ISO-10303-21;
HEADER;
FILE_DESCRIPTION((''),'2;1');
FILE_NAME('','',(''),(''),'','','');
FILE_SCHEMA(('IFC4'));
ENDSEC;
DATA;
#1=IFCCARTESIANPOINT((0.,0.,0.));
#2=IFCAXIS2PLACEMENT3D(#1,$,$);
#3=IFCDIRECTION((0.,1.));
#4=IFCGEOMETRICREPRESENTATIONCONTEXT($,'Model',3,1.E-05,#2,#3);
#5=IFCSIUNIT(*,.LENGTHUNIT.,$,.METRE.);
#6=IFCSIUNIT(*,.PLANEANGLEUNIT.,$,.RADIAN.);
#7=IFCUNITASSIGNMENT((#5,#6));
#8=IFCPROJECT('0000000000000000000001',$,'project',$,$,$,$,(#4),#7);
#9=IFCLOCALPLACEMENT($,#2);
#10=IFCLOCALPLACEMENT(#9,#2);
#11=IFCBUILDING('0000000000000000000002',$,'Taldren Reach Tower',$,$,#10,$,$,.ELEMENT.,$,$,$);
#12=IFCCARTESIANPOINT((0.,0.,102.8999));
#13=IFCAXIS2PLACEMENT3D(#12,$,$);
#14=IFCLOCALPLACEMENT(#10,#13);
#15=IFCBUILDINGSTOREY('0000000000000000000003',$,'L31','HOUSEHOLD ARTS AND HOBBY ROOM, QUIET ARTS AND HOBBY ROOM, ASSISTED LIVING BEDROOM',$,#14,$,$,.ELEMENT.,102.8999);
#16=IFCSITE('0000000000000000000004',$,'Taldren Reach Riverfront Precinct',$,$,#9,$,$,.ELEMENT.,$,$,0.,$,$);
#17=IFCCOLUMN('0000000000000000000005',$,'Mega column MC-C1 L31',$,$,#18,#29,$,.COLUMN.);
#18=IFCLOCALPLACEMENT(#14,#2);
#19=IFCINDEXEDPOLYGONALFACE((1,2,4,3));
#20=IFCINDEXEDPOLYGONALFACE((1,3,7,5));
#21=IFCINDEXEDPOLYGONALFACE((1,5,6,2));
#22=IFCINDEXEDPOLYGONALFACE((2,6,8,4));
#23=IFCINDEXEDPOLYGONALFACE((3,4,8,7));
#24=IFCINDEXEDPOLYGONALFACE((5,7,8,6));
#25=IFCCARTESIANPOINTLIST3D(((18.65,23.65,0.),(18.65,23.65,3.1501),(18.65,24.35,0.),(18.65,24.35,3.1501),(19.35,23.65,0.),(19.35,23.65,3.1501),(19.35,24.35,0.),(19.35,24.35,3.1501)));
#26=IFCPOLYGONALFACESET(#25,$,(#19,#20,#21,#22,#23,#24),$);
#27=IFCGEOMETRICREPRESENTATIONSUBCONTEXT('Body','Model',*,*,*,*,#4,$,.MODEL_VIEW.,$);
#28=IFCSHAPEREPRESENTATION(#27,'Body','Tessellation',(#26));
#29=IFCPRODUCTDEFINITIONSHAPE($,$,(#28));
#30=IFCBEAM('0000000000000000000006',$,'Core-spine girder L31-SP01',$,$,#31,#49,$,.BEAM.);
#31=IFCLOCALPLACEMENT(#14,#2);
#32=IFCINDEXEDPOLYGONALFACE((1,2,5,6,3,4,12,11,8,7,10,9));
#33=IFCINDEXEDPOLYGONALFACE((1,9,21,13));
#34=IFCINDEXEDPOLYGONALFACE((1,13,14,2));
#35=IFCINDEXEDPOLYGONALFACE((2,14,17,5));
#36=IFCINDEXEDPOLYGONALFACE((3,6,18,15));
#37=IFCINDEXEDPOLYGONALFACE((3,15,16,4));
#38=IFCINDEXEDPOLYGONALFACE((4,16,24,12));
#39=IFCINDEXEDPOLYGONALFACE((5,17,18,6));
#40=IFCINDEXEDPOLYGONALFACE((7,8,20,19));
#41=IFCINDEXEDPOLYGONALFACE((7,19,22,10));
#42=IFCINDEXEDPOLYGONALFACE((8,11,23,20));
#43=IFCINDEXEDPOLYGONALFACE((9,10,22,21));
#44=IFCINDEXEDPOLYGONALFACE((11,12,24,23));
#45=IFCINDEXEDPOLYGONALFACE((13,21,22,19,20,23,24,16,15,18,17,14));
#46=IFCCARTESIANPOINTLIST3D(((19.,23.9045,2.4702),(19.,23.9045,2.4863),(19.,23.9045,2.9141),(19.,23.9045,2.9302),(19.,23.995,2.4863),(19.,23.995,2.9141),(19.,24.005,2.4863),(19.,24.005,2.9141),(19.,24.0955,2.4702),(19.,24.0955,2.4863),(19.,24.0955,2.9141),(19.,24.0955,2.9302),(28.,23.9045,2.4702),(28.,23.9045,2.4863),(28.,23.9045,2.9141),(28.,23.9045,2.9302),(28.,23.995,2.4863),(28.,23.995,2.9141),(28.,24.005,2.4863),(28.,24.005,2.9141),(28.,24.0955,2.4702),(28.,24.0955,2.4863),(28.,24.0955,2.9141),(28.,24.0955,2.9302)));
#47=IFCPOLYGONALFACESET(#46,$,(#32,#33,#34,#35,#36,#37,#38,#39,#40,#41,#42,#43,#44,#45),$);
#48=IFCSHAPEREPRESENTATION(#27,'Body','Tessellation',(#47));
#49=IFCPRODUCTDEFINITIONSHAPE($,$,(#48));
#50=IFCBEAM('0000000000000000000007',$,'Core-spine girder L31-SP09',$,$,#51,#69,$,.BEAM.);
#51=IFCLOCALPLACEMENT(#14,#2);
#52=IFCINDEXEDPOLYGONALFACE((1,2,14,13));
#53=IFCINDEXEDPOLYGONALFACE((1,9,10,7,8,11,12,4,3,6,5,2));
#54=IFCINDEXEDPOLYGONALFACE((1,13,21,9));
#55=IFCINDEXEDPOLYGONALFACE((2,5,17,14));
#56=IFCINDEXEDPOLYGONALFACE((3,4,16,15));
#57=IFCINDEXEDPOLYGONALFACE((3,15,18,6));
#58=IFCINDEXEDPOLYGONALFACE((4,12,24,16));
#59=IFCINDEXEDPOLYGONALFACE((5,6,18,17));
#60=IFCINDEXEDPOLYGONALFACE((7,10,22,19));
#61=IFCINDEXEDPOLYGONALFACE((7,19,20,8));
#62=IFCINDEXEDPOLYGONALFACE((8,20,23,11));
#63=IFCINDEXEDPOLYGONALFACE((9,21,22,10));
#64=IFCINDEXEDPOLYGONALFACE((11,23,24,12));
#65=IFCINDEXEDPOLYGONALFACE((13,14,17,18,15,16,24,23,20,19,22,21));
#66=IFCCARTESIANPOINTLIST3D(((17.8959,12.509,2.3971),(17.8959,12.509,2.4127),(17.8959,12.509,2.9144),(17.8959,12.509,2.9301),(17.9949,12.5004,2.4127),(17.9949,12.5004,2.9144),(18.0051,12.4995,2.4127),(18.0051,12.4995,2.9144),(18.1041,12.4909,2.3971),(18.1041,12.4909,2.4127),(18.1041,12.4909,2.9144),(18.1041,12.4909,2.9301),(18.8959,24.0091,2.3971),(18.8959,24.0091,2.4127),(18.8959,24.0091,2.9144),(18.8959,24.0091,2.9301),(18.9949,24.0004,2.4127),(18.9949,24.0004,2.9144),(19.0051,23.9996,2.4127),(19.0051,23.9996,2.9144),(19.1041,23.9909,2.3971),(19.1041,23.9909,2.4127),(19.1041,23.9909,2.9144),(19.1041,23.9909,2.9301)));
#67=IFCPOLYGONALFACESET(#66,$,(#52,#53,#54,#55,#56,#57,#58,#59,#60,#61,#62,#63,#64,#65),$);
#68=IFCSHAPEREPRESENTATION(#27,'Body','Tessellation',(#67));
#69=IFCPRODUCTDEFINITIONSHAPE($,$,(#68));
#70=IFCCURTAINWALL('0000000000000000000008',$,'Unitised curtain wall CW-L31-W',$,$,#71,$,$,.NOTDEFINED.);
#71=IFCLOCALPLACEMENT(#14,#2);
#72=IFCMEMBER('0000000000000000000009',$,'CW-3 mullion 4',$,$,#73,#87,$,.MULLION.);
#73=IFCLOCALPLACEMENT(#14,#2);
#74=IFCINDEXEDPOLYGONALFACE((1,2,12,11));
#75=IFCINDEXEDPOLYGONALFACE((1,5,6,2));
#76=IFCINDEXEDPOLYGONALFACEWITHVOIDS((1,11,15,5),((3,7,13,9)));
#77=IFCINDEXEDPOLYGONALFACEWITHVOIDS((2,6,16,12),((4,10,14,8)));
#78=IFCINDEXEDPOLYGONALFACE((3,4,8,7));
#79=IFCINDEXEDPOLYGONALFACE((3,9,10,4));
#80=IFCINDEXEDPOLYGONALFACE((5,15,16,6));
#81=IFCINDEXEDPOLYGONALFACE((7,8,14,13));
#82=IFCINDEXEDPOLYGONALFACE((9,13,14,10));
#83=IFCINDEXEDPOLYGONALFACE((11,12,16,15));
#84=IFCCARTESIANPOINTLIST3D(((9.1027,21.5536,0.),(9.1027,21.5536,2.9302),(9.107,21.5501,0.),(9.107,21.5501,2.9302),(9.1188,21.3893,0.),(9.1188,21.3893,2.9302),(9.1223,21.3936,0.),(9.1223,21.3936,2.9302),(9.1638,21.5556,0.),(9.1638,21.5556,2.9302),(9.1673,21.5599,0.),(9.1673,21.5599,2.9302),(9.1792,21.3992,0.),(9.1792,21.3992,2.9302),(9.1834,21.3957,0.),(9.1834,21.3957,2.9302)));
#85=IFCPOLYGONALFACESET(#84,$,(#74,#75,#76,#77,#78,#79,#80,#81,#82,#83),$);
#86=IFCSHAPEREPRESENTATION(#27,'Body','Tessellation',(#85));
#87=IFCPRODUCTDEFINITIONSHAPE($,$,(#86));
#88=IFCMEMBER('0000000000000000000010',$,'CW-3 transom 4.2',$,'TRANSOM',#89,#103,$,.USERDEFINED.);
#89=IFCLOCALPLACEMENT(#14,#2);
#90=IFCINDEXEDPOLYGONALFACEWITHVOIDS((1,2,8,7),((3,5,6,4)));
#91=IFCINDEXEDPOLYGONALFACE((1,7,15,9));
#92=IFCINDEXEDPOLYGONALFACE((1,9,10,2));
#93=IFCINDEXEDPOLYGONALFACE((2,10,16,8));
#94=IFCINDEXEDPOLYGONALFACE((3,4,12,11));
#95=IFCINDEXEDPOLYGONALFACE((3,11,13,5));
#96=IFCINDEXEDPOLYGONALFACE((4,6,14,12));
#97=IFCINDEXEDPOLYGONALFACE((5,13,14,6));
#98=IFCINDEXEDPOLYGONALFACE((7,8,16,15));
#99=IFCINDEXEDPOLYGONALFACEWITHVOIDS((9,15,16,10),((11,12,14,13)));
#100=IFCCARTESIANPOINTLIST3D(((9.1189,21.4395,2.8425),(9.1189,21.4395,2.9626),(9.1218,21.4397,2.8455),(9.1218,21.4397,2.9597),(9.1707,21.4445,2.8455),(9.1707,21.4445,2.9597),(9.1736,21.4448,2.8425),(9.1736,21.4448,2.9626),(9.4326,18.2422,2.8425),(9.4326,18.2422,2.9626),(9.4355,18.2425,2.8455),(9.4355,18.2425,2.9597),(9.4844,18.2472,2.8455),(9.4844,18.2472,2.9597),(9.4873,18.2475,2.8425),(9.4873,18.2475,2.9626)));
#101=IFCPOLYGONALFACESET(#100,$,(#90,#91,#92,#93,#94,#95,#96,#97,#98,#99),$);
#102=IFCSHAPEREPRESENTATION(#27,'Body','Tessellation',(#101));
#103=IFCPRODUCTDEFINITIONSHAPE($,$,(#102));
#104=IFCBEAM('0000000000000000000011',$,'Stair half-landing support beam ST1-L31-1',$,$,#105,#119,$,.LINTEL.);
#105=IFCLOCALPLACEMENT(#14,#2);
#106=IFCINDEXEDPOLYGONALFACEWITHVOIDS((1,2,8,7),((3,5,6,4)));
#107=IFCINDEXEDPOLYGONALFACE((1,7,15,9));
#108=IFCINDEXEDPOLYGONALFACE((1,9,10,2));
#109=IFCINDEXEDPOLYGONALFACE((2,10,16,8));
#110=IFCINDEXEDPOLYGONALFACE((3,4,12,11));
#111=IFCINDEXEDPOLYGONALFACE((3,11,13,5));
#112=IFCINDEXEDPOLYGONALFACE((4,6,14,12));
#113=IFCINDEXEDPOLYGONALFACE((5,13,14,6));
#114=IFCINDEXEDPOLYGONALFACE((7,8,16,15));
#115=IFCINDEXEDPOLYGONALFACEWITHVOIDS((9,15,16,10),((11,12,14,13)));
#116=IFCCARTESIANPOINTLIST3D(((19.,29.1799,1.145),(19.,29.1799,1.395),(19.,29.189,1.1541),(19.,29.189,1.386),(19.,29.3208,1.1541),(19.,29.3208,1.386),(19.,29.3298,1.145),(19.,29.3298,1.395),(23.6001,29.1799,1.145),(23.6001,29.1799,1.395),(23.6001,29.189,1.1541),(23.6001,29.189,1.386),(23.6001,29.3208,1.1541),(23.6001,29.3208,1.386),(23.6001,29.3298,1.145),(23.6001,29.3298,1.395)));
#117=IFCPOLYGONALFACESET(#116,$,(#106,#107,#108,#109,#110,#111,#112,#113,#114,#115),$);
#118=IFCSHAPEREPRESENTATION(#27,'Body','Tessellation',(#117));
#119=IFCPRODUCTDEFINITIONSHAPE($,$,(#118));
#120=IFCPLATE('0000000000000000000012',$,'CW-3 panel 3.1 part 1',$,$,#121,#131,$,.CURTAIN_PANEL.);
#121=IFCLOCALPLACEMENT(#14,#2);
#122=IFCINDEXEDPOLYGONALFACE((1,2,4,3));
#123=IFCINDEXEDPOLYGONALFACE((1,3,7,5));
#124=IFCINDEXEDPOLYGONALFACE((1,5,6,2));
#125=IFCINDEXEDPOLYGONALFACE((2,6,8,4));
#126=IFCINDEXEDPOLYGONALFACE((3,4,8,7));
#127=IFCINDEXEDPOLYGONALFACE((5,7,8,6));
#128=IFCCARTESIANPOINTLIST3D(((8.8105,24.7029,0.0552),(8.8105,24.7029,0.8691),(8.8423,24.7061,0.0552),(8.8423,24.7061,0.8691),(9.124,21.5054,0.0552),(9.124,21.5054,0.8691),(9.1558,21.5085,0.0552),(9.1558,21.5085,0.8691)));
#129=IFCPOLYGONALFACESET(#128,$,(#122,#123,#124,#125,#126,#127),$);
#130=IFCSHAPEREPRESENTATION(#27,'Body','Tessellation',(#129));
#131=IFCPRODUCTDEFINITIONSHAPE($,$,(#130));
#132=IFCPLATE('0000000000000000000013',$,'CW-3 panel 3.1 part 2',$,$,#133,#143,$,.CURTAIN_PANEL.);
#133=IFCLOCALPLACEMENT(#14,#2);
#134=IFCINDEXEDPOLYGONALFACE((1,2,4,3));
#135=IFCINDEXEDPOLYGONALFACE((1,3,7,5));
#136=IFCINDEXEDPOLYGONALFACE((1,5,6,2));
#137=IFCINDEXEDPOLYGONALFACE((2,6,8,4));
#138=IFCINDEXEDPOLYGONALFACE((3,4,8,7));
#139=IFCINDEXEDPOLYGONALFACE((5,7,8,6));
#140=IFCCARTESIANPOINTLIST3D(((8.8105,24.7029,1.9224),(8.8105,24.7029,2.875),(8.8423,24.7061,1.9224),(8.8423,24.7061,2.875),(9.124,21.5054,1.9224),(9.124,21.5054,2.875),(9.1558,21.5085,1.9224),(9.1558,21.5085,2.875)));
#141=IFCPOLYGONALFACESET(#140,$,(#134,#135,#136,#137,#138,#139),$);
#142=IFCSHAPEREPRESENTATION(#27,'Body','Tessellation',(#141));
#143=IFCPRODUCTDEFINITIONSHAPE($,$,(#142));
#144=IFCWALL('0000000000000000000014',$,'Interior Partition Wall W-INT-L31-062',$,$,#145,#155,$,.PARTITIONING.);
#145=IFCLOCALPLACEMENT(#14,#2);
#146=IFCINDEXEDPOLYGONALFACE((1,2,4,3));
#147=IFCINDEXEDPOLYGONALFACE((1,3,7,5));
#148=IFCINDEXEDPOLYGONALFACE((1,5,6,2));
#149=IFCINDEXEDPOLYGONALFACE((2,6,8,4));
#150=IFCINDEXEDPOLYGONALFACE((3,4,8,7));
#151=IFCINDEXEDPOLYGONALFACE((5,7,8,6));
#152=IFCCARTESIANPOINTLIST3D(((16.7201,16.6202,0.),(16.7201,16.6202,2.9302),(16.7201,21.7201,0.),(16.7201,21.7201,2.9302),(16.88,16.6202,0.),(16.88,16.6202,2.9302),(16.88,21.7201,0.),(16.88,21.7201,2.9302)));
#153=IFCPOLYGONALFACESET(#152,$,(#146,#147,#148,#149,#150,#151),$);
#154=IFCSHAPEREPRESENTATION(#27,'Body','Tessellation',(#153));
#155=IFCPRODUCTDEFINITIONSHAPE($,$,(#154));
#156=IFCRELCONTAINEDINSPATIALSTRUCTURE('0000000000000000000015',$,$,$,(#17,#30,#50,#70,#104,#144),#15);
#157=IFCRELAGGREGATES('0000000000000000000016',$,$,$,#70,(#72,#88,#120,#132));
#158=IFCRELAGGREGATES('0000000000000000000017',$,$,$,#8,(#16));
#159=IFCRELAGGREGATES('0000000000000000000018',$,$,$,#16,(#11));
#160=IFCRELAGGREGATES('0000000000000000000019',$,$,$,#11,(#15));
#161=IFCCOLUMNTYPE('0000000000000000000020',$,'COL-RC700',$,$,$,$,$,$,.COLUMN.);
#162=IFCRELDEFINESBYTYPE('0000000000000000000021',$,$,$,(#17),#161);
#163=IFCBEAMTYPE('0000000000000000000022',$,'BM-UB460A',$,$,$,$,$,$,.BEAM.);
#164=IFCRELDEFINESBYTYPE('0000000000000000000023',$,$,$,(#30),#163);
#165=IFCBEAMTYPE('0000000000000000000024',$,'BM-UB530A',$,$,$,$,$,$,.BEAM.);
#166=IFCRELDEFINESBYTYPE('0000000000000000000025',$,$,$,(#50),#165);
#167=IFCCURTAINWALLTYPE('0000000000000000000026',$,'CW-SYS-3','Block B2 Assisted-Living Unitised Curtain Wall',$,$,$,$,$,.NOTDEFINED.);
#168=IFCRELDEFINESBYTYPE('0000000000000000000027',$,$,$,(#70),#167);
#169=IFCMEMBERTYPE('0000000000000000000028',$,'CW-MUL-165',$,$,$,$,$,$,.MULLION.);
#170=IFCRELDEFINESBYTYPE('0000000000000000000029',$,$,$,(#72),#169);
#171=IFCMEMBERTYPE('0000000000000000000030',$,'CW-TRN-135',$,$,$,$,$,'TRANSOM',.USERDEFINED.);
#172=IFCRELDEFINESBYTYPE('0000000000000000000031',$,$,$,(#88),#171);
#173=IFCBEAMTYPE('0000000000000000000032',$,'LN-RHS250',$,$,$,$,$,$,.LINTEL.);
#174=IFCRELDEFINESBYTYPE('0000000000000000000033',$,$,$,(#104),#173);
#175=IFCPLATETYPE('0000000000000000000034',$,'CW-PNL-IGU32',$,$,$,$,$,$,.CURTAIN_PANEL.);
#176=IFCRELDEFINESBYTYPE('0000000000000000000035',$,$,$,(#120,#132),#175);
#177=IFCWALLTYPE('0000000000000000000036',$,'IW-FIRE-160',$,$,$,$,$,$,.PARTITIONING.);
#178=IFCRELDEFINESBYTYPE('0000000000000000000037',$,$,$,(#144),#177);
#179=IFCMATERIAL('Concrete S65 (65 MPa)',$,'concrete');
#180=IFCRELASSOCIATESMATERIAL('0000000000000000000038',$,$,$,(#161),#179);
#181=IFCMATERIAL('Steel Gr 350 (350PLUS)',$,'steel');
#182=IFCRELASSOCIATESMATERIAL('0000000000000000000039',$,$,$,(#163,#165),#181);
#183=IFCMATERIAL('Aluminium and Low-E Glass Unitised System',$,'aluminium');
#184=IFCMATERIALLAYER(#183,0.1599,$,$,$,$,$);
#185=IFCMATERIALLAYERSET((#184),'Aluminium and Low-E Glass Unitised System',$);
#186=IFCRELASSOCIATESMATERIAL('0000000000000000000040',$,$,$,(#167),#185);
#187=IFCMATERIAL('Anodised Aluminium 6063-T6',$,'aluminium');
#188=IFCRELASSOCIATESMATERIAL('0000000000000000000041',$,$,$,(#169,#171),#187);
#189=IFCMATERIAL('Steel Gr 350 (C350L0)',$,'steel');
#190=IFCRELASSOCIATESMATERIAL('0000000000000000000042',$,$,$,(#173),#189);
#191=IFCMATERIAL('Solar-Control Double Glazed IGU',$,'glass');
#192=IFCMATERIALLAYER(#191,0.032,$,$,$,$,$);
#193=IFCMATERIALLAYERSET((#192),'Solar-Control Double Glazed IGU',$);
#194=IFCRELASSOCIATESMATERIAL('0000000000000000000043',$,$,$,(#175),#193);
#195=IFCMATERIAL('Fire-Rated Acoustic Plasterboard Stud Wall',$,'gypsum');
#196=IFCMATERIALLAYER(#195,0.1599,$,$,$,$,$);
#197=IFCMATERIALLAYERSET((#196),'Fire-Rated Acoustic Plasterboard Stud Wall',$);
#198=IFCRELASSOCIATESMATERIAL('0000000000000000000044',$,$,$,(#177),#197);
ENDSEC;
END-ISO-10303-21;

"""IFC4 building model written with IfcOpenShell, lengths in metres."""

from ifc_helpers import new_model, si_unit, direction, frame, frame_2d, origin, origin_2d, place, context, subcontext, project, spatial, rectangle, hollow_rectangle, i_section, extrude, source, transform, mapped, material, layer, layer_set, material_profile, profile_set, type_object, element, aggregate, save


model = new_model("IFC4")

# Units and contexts
model_context = context("Model", 3, precision=1e-05, world=origin(), true_north=direction((0.0, 1.0)))
body_context = subcontext(model_context, "Body", "Model", "MODEL_VIEW")
ifc_project = project(units=[si_unit("LENGTHUNIT", "METRE"), si_unit("PLANEANGLEUNIT", "RADIAN")], contexts=[model_context])

# Site, building, storey
site_placement = place(None, origin())
site = spatial("IfcSite", under=ifc_project, at=site_placement, Name="Taldren Reach Riverfront Precinct", CompositionType="ELEMENT", RefElevation=0.0)
building_placement = place(site_placement, origin())
building = spatial("IfcBuilding", under=site, at=building_placement, Name="Taldren Reach Tower", CompositionType="ELEMENT")
storey_placement = place(building_placement, frame((0.0, 0.0, 102.8999)))
storey = spatial("IfcBuildingStorey", under=building, at=storey_placement, Name="L31", Description="HOUSEHOLD ARTS AND HOBBY ROOM, QUIET ARTS AND HOBBY ROOM, ASSISTED LIVING BEDROOM", CompositionType="ELEMENT", Elevation=102.8999)

# Column
ifc_material_1 = material(Name="Concrete S65 (65 MPa)", Category="concrete")
ifc_material_profile_1 = material_profile(ifc_material_1, rectangle(XDim=0.7, YDim=0.7, at=origin_2d()), Name="RC-700x700")
ifc_profile_set_1 = profile_set([ifc_material_profile_1], Name="Concrete S65 (65 MPa)")
column_type = type_object("IfcColumnType", Name="COL-RC700", PredefinedType="COLUMN", material=ifc_profile_set_1)
shared_shape_1 = source(origin(), body_context, "Body", "SweptSolid", [
    extrude(rectangle(XDim=0.7, YDim=0.7, at=origin_2d()), origin(), (0.0, 0.0, 1.0), 3.1501),
])
column_placement = place(storey_placement, frame((19.0, 24.0, 0.0), z_axis=(0.0, 0.0, 1.0), x_axis=(1.0, 0.0, 0.0)))
element("IfcColumn", 1, at=column_placement, inside=storey, type_object=column_type, Name="Mega column MC-C1 L31", PredefinedType="COLUMN", context=body_context, shape_type="MappedRepresentation", body=[
    mapped(shared_shape_1, transform((0.0, 0.0, 0.0), scale=1.0)),
])

# Beams
ifc_material_2 = material(Name="Steel Gr 350 (350PLUS)", Category="steel")
ifc_material_profile_2 = material_profile(ifc_material_2, i_section(OverallWidth=0.1909, OverallDepth=0.46, WebThickness=0.01, FlangeThickness=0.0161, at=origin_2d()), Name="460UB82.1")
ifc_profile_set_2 = profile_set([ifc_material_profile_2], Name="Steel Gr 350 (350PLUS)")
beam_type_1 = type_object("IfcBeamType", Name="BM-UB460A", PredefinedType="BEAM", material=ifc_profile_set_2)
shared_shape_2 = source(origin(), body_context, "Body", "SweptSolid", [
    extrude(i_section(OverallWidth=0.1909, OverallDepth=0.46, WebThickness=0.01, FlangeThickness=0.0161, at=origin_2d()), origin(), (0.0, 0.0, 1.0), 9.0),
])
beam_1_placement = place(storey_placement, frame((19.0, 24.0, 2.7002), z_axis=(1.0, 0.0, 0.0), x_axis=(0.0, 1.0, 0.0)))
element("IfcBeam", 2, at=beam_1_placement, inside=storey, type_object=beam_type_1, Name="Core-spine girder L31-SP01", PredefinedType="BEAM", context=body_context, shape_type="MappedRepresentation", body=[
    mapped(shared_shape_2, transform((0.0, 0.0, 0.0), scale=1.0)),
])
ifc_material_profile_3 = material_profile(ifc_material_2, i_section(OverallWidth=0.209, OverallDepth=0.533, WebThickness=0.0103, FlangeThickness=0.0156, at=origin_2d()), Name="530UB92.4")
ifc_profile_set_3 = profile_set([ifc_material_profile_3], Name="Steel Gr 350 (350PLUS)")
beam_type_2 = type_object("IfcBeamType", Name="BM-UB530A", PredefinedType="BEAM", material=ifc_profile_set_3)
shared_shape_3 = source(origin(), body_context, "Body", "SweptSolid", [
    extrude(i_section(OverallWidth=0.209, OverallDepth=0.533, WebThickness=0.0103, FlangeThickness=0.0156, at=origin_2d()), origin(), (0.0, 0.0, 1.0), 11.5435),
])
beam_2_placement = place(storey_placement, frame((19.0, 24.0, 2.6636), z_axis=(-0.08663, -0.996241, 0.0), x_axis=(0.996241, -0.08663, 0.0)))
element("IfcBeam", 3, at=beam_2_placement, inside=storey, type_object=beam_type_2, Name="Core-spine girder L31-SP09", PredefinedType="BEAM", context=body_context, shape_type="MappedRepresentation", body=[
    mapped(shared_shape_3, transform((0.0, 0.0, 0.0), scale=1.0)),
])

# Curtain wall, members
ifc_material_3 = material(Name="Aluminium and Low-E Glass Unitised System", Category="aluminium")
ifc_layer_1 = layer(ifc_material_3, 0.1599)
ifc_layer_set_1 = layer_set([ifc_layer_1], Name="Aluminium and Low-E Glass Unitised System")
curtain_wall_type = type_object("IfcCurtainWallType", Name="CW-SYS-3", Description="Block B2 Assisted-Living Unitised Curtain Wall", PredefinedType="NOTDEFINED", material=ifc_layer_set_1)
curtain_wall_placement = place(storey_placement, origin())
curtain_wall = element("IfcCurtainWall", 4, at=curtain_wall_placement, inside=storey, type_object=curtain_wall_type, Name="Unitised curtain wall CW-L31-W", PredefinedType="NOTDEFINED")
ifc_material_4 = material(Name="Anodised Aluminium 6063-T6", Category="aluminium")
ifc_material_profile_4 = material_profile(ifc_material_4, hollow_rectangle(XDim=0.0649, YDim=0.165, WallThickness=0.0039, at=origin_2d()), Name="ALU-165x65x4RHS")
ifc_profile_set_4 = profile_set([ifc_material_profile_4], Name="Anodised Aluminium 6063-T6")
member_type_1 = type_object("IfcMemberType", Name="CW-MUL-165", PredefinedType="MULLION", material=ifc_profile_set_4)
shared_shape_4 = source(origin(), body_context, "Body", "SweptSolid", [
    extrude(hollow_rectangle(XDim=0.0649, YDim=0.165, WallThickness=0.0039, at=origin_2d()), origin(), (0.0, 0.0, 1.0), 2.9302),
])
member_1_placement = place(storey_placement, frame((9.1431, 21.4746, 0.0), z_axis=(0.0, 0.0, 1.0), x_axis=(0.995227, 0.097583, 0.0)))
member_1 = element("IfcMember", 5, at=member_1_placement, type_object=member_type_1, Name="CW-3 mullion 4", PredefinedType="MULLION", context=body_context, shape_type="MappedRepresentation", body=[
    mapped(shared_shape_4, transform((0.0, 0.0, 0.0), scale=1.0)),
])
ifc_material_profile_5 = material_profile(ifc_material_4, hollow_rectangle(XDim=0.0549, YDim=0.1201, WallThickness=0.0029, at=origin_2d()), Name="ALU-120x55x3RHS")
ifc_profile_set_5 = profile_set([ifc_material_profile_5], Name="Anodised Aluminium 6063-T6")
member_type_2 = type_object("IfcMemberType", Name="CW-TRN-135", ElementType="TRANSOM", PredefinedType="USERDEFINED", material=ifc_profile_set_5)
shared_shape_5 = source(origin(), body_context, "Body", "SweptSolid", [
    extrude(hollow_rectangle(XDim=0.0549, YDim=0.1201, WallThickness=0.0029, at=origin_2d()), origin(), (0.0, 0.0, 1.0), 3.2126),
])
member_2_placement = place(storey_placement, frame((9.1462, 21.4421, 2.9026), z_axis=(0.097653, -0.995221, 0.0), x_axis=(0.995221, 0.097653, 0.0)))
member_2 = element("IfcMember", 6, at=member_2_placement, type_object=member_type_2, Name="CW-3 transom 4.2", ObjectType="TRANSOM", PredefinedType="USERDEFINED", context=body_context, shape_type="MappedRepresentation", body=[
    mapped(shared_shape_5, transform((0.0, 0.0, 0.0), scale=1.0)),
])

# Beam
ifc_material_5 = material(Name="Steel Gr 350 (C350L0)", Category="steel")
ifc_material_profile_6 = material_profile(ifc_material_5, hollow_rectangle(XDim=0.1499, YDim=0.25, WallThickness=0.009, at=origin_2d()), Name="250x150x9.0RHS")
ifc_profile_set_6 = profile_set([ifc_material_profile_6], Name="Steel Gr 350 (C350L0)")
beam_type_3 = type_object("IfcBeamType", Name="LN-RHS250", PredefinedType="LINTEL", material=ifc_profile_set_6)
shared_shape_6 = source(origin(), body_context, "Body", "SweptSolid", [
    extrude(hollow_rectangle(XDim=0.1499, YDim=0.25, WallThickness=0.009, at=origin_2d()), origin(), (0.0, 0.0, 1.0), 4.6001),
])
beam_3_placement = place(storey_placement, frame((19.0, 29.2549, 1.27), z_axis=(1.0, 0.0, 0.0), x_axis=(0.0, 1.0, 0.0)))
element("IfcBeam", 7, at=beam_3_placement, inside=storey, type_object=beam_type_3, Name="Stair half-landing support beam ST1-L31-1", PredefinedType="LINTEL", context=body_context, shape_type="MappedRepresentation", body=[
    mapped(shared_shape_6, transform((0.0, 0.0, 0.0), scale=1.0)),
])

# Plates
ifc_material_6 = material(Name="Solar-Control Double Glazed IGU", Category="glass")
ifc_layer_2 = layer(ifc_material_6, 0.032)
ifc_layer_set_2 = layer_set([ifc_layer_2], Name="Solar-Control Double Glazed IGU")
plate_type = type_object("IfcPlateType", Name="CW-PNL-IGU32", PredefinedType="CURTAIN_PANEL", material=ifc_layer_set_2)
shared_shape_7 = source(origin(), body_context, "Body", "SweptSolid", [
    extrude(rectangle(XDim=3.2129, YDim=0.032, at=origin_2d()), origin(), (0.0, 0.0, 1.0), 0.814),
])
plate_1_placement = place(storey_placement, frame((8.9832, 23.1057, 0.0552), z_axis=(0.0, 0.0, 1.0), x_axis=(0.097583, -0.995227, 0.0)))
plate_1 = element("IfcPlate", 8, at=plate_1_placement, type_object=plate_type, Name="CW-3 panel 3.1 part 1", PredefinedType="CURTAIN_PANEL", context=body_context, shape_type="MappedRepresentation", body=[
    mapped(shared_shape_7, transform((0.0, 0.0, 0.0), scale=1.0)),
])
shared_shape_8 = source(origin(), body_context, "Body", "SweptSolid", [
    extrude(rectangle(XDim=3.2129, YDim=0.032, at=origin_2d()), origin(), (0.0, 0.0, 1.0), 0.9526),
])
plate_2_placement = place(storey_placement, frame((8.9832, 23.1057, 1.9224), z_axis=(0.0, 0.0, 1.0), x_axis=(0.097583, -0.995227, 0.0)))
plate_2 = element("IfcPlate", 9, at=plate_2_placement, type_object=plate_type, Name="CW-3 panel 3.1 part 2", PredefinedType="CURTAIN_PANEL", context=body_context, shape_type="MappedRepresentation", body=[
    mapped(shared_shape_8, transform((0.0, 0.0, 0.0), scale=1.0)),
])
aggregate(curtain_wall, [member_1, member_2, plate_1, plate_2])

# Wall
ifc_material_7 = material(Name="Fire-Rated Acoustic Plasterboard Stud Wall", Category="gypsum")
ifc_layer_3 = layer(ifc_material_7, 0.1599)
ifc_layer_set_3 = layer_set([ifc_layer_3], Name="Fire-Rated Acoustic Plasterboard Stud Wall")
wall_type_1 = type_object("IfcWallType", Name="IW-FIRE-160", PredefinedType="PARTITIONING", material=ifc_layer_set_3)
shared_shape_9 = source(origin(), body_context, "Body", "SweptSolid", [
    extrude(rectangle(XDim=5.0999, YDim=0.1599, at=frame_2d((2.5498, 0.0))), origin(), (0.0, 0.0, 1.0), 2.9302),
])
wall_1_placement = place(storey_placement, frame((16.8, 21.72, 0.0), z_axis=(0.0, 0.0, 1.0), x_axis=(0.0, -1.0, 0.0)))
element("IfcWall", 10, at=wall_1_placement, inside=storey, type_object=wall_type_1, Name="Interior Partition Wall W-INT-L31-062", PredefinedType="PARTITIONING", context=body_context, shape_type="MappedRepresentation", body=[
    mapped(shared_shape_9, transform((0.0, 0.0, 0.0), scale=1.0)),
])

save(model, "model.ifc")
